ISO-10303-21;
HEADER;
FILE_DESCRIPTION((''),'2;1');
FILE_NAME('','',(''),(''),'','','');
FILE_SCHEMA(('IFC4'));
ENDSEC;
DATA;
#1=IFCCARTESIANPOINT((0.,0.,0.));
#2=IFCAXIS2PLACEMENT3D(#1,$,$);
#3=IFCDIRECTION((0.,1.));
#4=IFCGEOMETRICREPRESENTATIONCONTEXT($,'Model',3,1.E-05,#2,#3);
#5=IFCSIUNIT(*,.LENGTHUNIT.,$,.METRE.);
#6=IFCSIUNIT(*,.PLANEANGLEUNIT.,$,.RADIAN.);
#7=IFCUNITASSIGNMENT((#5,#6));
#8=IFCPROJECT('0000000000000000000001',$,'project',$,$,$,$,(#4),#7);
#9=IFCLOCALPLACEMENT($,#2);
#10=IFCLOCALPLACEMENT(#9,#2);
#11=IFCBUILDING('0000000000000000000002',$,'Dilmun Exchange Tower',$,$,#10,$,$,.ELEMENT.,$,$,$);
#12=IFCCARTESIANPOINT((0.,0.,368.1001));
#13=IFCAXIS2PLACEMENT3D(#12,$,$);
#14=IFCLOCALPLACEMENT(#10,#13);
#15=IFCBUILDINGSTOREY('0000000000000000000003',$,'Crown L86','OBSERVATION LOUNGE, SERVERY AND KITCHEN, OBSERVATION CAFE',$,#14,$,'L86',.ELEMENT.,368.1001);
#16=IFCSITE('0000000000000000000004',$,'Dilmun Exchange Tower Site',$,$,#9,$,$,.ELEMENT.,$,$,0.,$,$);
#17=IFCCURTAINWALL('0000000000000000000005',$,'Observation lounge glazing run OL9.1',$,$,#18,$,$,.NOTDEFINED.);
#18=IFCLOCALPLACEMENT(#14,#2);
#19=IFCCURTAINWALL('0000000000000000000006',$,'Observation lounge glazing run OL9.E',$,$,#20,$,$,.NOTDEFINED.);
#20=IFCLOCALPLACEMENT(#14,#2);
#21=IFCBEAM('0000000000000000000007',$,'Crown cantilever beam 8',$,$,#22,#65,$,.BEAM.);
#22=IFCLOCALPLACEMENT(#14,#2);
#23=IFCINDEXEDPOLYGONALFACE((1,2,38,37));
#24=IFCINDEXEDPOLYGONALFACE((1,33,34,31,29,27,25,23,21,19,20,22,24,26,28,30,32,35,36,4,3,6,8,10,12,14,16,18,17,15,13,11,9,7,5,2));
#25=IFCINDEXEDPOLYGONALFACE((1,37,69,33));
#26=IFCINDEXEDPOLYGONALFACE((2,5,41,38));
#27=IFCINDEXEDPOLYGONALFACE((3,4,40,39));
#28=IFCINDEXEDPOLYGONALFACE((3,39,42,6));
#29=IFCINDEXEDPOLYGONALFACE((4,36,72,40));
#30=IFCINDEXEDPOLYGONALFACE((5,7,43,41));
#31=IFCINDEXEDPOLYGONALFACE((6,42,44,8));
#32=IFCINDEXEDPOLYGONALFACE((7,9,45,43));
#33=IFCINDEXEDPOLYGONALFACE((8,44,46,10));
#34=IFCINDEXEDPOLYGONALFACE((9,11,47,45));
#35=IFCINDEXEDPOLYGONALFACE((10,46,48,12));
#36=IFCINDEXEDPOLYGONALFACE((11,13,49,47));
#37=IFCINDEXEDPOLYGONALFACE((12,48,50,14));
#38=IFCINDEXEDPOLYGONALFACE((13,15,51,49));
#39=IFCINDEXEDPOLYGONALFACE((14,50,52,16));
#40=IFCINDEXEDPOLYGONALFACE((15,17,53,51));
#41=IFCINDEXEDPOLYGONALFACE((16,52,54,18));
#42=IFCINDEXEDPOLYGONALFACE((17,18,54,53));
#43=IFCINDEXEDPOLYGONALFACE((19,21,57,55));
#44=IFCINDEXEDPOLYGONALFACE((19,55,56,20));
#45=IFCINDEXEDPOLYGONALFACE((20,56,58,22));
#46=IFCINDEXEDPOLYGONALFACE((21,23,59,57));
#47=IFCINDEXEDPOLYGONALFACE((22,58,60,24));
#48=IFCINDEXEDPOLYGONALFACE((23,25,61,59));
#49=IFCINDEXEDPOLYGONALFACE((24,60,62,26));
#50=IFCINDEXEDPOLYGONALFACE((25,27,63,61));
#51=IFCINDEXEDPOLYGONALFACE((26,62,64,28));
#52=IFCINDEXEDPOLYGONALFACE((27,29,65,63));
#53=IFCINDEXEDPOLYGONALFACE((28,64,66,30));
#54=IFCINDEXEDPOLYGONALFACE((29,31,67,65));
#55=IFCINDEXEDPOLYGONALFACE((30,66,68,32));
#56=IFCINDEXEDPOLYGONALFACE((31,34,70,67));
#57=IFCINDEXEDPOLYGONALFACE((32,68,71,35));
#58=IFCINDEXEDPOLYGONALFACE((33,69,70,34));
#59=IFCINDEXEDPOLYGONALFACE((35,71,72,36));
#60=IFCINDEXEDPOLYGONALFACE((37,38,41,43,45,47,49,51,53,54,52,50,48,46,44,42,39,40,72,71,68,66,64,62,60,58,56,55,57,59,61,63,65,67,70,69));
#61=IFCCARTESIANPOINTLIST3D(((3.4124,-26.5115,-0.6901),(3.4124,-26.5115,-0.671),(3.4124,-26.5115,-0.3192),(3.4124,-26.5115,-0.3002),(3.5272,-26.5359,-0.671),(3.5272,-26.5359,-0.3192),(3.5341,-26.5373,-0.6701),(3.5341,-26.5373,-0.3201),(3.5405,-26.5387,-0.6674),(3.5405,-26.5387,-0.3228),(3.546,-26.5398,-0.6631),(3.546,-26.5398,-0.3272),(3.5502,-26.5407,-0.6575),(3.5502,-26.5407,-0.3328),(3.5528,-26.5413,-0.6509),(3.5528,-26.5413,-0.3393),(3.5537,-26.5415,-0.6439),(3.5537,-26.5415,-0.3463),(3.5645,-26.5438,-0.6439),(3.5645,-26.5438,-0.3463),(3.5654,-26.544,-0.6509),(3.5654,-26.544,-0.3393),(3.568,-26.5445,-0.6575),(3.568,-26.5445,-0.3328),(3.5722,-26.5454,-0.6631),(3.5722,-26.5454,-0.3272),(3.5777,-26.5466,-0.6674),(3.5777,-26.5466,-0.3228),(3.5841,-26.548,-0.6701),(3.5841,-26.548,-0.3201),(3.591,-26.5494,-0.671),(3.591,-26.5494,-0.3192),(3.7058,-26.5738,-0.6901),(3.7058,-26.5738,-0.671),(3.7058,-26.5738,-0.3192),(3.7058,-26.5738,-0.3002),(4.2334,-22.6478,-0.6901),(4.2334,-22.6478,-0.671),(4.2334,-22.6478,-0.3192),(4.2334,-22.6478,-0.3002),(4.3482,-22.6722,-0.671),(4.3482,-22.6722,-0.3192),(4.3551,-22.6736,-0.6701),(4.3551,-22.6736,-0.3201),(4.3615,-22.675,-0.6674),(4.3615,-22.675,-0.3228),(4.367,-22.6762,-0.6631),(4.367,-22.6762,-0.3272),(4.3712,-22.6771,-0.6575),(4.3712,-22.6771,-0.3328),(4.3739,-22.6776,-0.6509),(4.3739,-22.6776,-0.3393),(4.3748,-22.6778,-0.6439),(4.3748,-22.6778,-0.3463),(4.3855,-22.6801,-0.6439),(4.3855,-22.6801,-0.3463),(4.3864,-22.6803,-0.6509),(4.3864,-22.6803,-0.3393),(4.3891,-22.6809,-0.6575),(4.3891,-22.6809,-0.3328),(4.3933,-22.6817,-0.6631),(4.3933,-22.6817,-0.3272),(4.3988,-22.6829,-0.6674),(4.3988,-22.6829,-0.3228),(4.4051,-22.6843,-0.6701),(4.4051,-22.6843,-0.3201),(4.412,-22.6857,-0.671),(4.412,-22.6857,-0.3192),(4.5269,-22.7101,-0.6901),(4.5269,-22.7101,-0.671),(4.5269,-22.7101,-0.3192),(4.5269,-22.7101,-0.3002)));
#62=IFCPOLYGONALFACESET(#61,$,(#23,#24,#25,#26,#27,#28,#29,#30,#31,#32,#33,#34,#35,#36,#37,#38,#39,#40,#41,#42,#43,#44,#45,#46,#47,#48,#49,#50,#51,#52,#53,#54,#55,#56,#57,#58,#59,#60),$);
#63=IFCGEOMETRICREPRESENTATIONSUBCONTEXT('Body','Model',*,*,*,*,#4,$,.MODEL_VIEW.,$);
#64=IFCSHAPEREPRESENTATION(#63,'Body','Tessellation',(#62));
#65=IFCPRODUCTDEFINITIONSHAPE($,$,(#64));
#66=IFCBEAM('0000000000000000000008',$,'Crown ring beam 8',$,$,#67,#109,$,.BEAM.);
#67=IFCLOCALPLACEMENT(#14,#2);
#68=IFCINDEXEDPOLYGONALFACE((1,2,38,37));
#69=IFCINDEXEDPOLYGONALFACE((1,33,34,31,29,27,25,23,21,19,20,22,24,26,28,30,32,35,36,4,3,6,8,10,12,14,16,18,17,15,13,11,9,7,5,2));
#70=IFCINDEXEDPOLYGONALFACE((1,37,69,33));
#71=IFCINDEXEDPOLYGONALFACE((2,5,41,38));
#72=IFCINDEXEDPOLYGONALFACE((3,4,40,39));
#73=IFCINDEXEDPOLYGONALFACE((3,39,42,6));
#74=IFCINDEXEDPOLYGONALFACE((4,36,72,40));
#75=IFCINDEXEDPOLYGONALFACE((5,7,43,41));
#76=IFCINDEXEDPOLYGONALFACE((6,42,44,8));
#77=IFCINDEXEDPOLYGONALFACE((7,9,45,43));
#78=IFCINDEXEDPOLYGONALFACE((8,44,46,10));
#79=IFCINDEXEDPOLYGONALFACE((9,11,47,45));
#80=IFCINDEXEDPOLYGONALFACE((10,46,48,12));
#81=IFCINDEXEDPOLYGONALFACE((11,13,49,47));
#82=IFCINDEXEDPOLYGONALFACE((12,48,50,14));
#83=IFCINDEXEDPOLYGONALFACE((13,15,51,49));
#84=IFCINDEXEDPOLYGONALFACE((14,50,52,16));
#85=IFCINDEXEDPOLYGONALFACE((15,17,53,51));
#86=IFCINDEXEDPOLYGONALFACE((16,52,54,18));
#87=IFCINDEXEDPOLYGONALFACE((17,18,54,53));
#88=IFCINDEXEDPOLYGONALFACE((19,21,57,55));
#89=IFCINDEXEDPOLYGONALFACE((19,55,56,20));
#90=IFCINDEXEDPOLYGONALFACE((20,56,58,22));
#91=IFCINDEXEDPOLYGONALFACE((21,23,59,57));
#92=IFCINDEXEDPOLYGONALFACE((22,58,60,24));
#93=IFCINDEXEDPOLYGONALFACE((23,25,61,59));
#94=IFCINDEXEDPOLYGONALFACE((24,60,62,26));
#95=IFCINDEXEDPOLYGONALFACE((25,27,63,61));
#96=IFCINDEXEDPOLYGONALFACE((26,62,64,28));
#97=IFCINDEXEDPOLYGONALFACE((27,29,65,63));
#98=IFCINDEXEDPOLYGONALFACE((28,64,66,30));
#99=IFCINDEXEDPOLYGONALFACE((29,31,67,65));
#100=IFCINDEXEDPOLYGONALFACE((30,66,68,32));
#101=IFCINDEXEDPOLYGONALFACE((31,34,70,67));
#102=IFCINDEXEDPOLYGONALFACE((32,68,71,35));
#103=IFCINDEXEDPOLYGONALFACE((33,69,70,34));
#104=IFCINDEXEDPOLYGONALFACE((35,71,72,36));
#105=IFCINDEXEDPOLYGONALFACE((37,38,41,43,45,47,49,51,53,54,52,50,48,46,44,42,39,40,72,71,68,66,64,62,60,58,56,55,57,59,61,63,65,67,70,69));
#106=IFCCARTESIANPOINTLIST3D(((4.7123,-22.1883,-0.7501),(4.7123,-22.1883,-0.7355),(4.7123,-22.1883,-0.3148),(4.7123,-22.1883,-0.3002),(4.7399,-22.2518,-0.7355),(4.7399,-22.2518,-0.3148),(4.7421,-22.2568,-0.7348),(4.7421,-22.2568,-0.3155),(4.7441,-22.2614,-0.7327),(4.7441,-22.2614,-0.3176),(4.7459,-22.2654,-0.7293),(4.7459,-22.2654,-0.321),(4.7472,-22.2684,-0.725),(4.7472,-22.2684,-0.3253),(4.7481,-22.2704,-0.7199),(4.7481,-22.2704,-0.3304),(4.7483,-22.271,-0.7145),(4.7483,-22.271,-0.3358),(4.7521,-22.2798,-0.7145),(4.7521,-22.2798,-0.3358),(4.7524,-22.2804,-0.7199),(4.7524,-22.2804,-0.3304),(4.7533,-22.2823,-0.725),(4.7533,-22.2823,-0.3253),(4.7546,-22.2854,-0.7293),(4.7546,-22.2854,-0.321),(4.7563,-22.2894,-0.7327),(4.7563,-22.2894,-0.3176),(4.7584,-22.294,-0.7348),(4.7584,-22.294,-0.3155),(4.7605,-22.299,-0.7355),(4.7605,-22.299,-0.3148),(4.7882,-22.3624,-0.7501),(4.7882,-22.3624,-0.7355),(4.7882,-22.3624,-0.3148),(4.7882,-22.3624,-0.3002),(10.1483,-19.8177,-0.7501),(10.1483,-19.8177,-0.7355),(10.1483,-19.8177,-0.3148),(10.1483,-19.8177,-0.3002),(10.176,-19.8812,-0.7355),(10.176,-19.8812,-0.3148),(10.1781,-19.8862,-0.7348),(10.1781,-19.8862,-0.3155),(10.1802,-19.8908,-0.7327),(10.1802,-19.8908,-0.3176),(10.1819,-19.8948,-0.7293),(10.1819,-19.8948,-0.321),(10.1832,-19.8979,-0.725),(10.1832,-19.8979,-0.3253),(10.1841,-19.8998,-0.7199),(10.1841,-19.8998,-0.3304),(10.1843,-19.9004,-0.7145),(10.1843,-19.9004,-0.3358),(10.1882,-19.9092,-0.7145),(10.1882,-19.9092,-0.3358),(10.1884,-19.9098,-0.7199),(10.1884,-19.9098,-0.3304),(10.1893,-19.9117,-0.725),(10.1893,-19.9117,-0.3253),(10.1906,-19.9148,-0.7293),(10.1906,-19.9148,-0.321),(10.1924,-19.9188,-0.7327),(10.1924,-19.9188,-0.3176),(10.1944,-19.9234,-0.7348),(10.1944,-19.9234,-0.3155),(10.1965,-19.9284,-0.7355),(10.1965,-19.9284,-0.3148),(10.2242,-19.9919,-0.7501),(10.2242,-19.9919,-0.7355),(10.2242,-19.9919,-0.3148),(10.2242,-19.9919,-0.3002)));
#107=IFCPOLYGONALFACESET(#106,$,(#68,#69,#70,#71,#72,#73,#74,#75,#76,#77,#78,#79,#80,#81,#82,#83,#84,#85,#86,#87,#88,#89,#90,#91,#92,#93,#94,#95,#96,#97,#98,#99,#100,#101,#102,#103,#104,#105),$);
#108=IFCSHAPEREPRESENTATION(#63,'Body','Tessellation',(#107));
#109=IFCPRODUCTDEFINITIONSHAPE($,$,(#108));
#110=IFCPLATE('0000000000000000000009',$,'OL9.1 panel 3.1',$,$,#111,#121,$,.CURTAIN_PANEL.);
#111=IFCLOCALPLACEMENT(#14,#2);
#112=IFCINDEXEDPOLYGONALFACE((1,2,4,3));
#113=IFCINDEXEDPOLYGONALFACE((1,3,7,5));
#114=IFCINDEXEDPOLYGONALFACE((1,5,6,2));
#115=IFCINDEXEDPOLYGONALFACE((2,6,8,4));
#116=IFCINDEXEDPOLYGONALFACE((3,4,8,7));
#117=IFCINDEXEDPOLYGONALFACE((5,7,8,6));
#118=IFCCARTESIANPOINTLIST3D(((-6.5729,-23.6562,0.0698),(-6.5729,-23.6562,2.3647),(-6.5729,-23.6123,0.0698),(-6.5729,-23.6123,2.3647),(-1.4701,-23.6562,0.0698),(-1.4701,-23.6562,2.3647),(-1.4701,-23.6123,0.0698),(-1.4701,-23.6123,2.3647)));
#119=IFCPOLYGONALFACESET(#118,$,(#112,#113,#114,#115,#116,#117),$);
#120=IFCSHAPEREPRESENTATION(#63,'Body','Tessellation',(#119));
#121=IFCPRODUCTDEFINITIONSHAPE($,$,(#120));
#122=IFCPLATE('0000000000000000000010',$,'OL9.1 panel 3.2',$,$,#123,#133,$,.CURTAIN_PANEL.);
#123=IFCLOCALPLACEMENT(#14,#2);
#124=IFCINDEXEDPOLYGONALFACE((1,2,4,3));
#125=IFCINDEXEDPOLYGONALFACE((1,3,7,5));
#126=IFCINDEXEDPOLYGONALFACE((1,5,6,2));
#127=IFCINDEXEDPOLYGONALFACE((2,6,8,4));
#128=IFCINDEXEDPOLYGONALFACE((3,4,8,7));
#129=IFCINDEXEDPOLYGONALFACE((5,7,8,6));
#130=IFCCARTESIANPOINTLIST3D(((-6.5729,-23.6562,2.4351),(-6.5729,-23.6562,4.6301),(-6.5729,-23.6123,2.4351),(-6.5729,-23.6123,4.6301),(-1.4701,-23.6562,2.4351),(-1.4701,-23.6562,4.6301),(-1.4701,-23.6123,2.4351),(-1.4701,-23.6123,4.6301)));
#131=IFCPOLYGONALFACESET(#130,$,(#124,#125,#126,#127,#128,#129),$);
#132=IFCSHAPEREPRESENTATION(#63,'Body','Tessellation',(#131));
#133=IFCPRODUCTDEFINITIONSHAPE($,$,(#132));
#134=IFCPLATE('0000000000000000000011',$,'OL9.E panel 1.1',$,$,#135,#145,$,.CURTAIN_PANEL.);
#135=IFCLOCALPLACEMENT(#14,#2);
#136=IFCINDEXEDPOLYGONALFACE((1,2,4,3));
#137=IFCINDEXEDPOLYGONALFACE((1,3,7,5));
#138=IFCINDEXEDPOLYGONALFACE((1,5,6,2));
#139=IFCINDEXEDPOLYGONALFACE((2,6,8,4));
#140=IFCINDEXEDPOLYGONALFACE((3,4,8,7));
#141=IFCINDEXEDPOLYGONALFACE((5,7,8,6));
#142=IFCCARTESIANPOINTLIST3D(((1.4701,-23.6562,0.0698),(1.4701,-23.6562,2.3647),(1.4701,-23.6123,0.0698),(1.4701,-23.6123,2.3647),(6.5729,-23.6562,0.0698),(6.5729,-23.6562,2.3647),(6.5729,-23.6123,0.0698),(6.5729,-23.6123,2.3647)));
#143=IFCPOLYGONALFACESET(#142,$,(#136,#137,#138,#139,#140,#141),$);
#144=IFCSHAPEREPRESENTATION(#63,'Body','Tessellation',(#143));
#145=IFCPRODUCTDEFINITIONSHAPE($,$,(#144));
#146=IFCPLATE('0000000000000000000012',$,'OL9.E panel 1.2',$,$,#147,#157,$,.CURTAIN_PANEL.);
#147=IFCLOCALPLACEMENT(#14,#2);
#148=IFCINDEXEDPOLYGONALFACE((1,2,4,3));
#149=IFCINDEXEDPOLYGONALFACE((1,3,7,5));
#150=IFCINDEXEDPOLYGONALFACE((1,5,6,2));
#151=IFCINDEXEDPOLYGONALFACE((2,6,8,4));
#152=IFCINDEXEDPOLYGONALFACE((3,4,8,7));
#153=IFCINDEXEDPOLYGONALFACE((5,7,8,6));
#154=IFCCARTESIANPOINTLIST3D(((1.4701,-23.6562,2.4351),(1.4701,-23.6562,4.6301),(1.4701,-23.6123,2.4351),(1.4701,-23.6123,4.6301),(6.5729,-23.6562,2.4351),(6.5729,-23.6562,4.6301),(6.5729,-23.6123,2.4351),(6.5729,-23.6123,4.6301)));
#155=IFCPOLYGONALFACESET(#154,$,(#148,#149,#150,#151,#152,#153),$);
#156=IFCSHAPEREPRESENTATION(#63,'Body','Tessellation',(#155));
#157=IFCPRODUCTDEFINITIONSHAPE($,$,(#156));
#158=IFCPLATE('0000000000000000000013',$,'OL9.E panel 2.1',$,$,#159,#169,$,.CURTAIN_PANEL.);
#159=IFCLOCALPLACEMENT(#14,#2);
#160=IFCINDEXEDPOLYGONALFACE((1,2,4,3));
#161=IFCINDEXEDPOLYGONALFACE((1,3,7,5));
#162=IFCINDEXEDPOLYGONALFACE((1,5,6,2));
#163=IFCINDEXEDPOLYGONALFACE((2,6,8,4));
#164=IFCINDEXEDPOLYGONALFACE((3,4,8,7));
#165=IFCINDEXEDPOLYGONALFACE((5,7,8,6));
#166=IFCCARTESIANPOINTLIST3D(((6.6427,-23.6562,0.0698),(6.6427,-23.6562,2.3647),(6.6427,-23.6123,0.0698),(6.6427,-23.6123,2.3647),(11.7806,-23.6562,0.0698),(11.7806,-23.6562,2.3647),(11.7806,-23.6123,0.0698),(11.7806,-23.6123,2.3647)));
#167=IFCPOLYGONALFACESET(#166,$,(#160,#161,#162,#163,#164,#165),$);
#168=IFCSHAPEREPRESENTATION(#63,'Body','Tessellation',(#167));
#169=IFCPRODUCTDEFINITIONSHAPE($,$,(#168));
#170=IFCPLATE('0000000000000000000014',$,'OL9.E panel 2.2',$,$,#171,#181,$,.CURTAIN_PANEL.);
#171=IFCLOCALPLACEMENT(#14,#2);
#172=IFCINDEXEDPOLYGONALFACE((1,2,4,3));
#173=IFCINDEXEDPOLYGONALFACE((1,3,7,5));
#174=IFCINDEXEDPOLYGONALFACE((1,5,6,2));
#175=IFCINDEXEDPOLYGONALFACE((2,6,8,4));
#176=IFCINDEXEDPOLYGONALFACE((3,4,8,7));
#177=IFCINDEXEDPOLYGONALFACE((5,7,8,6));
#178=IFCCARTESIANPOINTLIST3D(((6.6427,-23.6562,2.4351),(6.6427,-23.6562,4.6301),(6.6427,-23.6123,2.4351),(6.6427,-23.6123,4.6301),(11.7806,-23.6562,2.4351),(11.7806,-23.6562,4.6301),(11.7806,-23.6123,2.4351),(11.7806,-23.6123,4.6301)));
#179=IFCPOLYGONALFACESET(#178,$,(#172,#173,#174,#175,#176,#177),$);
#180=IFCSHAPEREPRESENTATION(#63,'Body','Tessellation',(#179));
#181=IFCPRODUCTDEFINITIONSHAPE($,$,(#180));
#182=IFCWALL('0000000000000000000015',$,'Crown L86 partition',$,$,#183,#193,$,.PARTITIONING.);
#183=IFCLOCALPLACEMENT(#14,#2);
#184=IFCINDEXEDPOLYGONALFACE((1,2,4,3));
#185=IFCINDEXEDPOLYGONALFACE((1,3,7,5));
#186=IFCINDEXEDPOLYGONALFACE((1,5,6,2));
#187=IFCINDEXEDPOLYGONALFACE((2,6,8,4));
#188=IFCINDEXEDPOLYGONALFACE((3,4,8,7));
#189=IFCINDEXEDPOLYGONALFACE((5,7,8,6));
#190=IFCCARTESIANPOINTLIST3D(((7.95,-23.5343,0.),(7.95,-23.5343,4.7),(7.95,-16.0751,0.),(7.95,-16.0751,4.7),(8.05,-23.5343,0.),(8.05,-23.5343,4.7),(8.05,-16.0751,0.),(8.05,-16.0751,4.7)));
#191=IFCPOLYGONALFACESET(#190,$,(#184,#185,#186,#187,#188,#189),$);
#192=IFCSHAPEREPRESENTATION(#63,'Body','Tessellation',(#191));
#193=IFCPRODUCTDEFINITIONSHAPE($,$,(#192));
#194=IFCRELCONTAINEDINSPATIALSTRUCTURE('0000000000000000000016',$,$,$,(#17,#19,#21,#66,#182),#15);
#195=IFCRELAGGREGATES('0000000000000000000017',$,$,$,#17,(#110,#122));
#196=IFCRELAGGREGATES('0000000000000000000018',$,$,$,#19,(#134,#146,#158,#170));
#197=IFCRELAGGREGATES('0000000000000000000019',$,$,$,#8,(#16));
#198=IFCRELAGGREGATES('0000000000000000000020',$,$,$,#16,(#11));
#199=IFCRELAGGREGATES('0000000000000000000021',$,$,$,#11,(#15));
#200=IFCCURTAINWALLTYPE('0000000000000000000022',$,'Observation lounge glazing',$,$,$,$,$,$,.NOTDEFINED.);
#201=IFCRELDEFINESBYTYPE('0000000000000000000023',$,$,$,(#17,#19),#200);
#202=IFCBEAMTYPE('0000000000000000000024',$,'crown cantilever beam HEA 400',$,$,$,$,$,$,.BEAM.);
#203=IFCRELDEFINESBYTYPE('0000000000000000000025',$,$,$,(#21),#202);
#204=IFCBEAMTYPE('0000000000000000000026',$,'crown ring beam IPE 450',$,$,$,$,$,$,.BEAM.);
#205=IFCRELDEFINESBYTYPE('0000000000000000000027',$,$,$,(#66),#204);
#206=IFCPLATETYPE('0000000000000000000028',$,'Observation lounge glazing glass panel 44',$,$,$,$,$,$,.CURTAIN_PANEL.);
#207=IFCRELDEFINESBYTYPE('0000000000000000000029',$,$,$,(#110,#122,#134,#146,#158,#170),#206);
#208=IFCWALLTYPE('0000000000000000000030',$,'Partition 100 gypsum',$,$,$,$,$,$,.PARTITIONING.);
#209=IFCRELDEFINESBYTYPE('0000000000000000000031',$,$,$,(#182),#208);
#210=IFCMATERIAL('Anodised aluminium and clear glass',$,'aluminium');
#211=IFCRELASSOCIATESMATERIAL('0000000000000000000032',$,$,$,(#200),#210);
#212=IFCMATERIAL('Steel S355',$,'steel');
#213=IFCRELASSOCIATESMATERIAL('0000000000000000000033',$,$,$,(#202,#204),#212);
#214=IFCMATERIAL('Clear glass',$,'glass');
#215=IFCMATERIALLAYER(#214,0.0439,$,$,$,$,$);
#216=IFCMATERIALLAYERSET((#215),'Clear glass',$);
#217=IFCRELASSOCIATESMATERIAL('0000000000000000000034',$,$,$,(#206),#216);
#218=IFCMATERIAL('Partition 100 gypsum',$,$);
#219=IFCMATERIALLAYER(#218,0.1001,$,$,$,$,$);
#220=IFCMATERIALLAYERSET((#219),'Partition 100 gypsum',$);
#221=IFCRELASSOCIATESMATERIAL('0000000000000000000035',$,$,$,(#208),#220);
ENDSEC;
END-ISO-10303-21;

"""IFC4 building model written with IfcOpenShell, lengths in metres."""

from ifc_helpers import new_model, si_unit, direction, frame, frame_2d, origin, origin_2d, place, context, subcontext, project, spatial, rectangle, i_section, extrude, material, layer, layer_set, material_profile, profile_set, type_object, element, aggregate, save


model = new_model("IFC4")

# Units and contexts
model_context = context("Model", 3, precision=1e-05, world=origin(), true_north=direction((0.0, 1.0)))
body_context = subcontext(model_context, "Body", "Model", "MODEL_VIEW")
ifc_project = project(units=[si_unit("LENGTHUNIT", "METRE"), si_unit("PLANEANGLEUNIT", "RADIAN")], contexts=[model_context])

# Site, building, storey
site_placement = place(None, origin())
site = spatial("IfcSite", under=ifc_project, at=site_placement, Name="Dilmun Exchange Tower Site", CompositionType="ELEMENT", RefElevation=0.0)
building_placement = place(site_placement, origin())
building = spatial("IfcBuilding", under=site, at=building_placement, Name="Dilmun Exchange Tower", CompositionType="ELEMENT")
storey_placement = place(building_placement, frame((0.0, 0.0, 368.1001)))
storey = spatial("IfcBuildingStorey", under=building, at=storey_placement, Name="Crown L86", Description="OBSERVATION LOUNGE, SERVERY AND KITCHEN, OBSERVATION CAFE", LongName="L86", CompositionType="ELEMENT", Elevation=368.1001)

# Curtain wall
ifc_material_1 = material(Name="Anodised aluminium and clear glass", Category="aluminium")
curtain_wall_type = type_object("IfcCurtainWallType", Name="Observation lounge glazing", PredefinedType="NOTDEFINED", material=ifc_material_1)
curtain_wall_1_placement = place(storey_placement, origin())
curtain_wall_1 = element("IfcCurtainWall", 1, at=curtain_wall_1_placement, inside=storey, type_object=curtain_wall_type, Name="Observation lounge glazing run OL9.1", PredefinedType="NOTDEFINED")

# Curtain wall
curtain_wall_2_placement = place(storey_placement, origin())
curtain_wall_2 = element("IfcCurtainWall", 2, at=curtain_wall_2_placement, inside=storey, type_object=curtain_wall_type, Name="Observation lounge glazing run OL9.E", PredefinedType="NOTDEFINED")

# Beams
ifc_material_2 = material(Name="Steel S355", Category="steel")
ifc_material_profile_1 = material_profile(ifc_material_2, i_section(OverallWidth=0.3, OverallDepth=0.3899, WebThickness=0.011, FlangeThickness=0.019, FilletRadius=0.0271, at=origin_2d()), Name="HEA 400")
ifc_profile_set_1 = profile_set([ifc_material_profile_1], Name="Steel S355")
beam_type_1 = type_object("IfcBeamType", Name="crown cantilever beam HEA 400", PredefinedType="BEAM", material=ifc_profile_set_1)
beam_1_placement = place(storey_placement, frame((4.3801, -22.679, -0.4951), z_axis=(-0.207857, -0.978159, 0.0), x_axis=(0.978159, -0.207857, 0.0)))
element("IfcBeam", 3, at=beam_1_placement, inside=storey, type_object=beam_type_1, Name="Crown cantilever beam 8", PredefinedType="BEAM", context=body_context, shape_type="SweptSolid", body=[
    extrude(i_section(OverallWidth=0.3, OverallDepth=0.3899, WebThickness=0.011, FlangeThickness=0.019, FilletRadius=0.0271, at=origin_2d()), origin(), (0.0, 0.0, 1.0), 3.95),
])
ifc_material_profile_2 = material_profile(ifc_material_2, i_section(OverallWidth=0.1899, OverallDepth=0.45, WebThickness=0.0095, FlangeThickness=0.0146, FilletRadius=0.021, at=origin_2d()), Name="IPE 450")
ifc_profile_set_2 = profile_set([ifc_material_profile_2], Name="Steel S355")
beam_type_2 = type_object("IfcBeamType", Name="crown ring beam IPE 450", PredefinedType="BEAM", material=ifc_profile_set_2)
beam_2_placement = place(storey_placement, frame((4.7502, -22.2754, -0.5251), z_axis=(0.916631, 0.399734, 0.0), x_axis=(-0.399734, 0.916631, 0.0)))
element("IfcBeam", 4, at=beam_2_placement, inside=storey, type_object=beam_type_2, Name="Crown ring beam 8", PredefinedType="BEAM", context=body_context, shape_type="SweptSolid", body=[
    extrude(i_section(OverallWidth=0.1899, OverallDepth=0.45, WebThickness=0.0095, FlangeThickness=0.0146, FilletRadius=0.021, at=origin_2d()), origin(), (0.0, 0.0, 1.0), 5.9304),
])

# Plates
ifc_material_3 = material(Name="Clear glass", Category="glass")
ifc_layer_1 = layer(ifc_material_3, 0.0439)
ifc_layer_set_1 = layer_set([ifc_layer_1], Name="Clear glass")
plate_type = type_object("IfcPlateType", Name="Observation lounge glazing glass panel 44", PredefinedType="CURTAIN_PANEL", material=ifc_layer_set_1)
plate_1_placement = place(storey_placement, frame((-4.0215, -23.6343, 0.0698), z_axis=(0.0, 0.0, 1.0), x_axis=(1.0, 0.0, 0.0)))
plate_1 = element("IfcPlate", 5, at=plate_1_placement, type_object=plate_type, Name="OL9.1 panel 3.1", PredefinedType="CURTAIN_PANEL", context=body_context, shape_type="SweptSolid", body=[
    extrude(rectangle(XDim=5.1028, YDim=0.0439, at=origin_2d()), origin(), (0.0, 0.0, 1.0), 2.2949),
])
plate_2_placement = place(storey_placement, frame((-4.0215, -23.6343, 2.4351), z_axis=(0.0, 0.0, 1.0), x_axis=(1.0, 0.0, 0.0)))
plate_2 = element("IfcPlate", 6, at=plate_2_placement, type_object=plate_type, Name="OL9.1 panel 3.2", PredefinedType="CURTAIN_PANEL", context=body_context, shape_type="SweptSolid", body=[
    extrude(rectangle(XDim=5.1028, YDim=0.0439, at=origin_2d()), origin(), (0.0, 0.0, 1.0), 2.1951),
])
aggregate(curtain_wall_1, [plate_1, plate_2])
plate_3_placement = place(storey_placement, frame((4.0215, -23.6343, 0.0698), z_axis=(0.0, 0.0, 1.0), x_axis=(1.0, 0.0, 0.0)))
plate_3 = element("IfcPlate", 7, at=plate_3_placement, type_object=plate_type, Name="OL9.E panel 1.1", PredefinedType="CURTAIN_PANEL", context=body_context, shape_type="SweptSolid", body=[
    extrude(rectangle(XDim=5.1028, YDim=0.0439, at=origin_2d()), origin(), (0.0, 0.0, 1.0), 2.2949),
])
plate_4_placement = place(storey_placement, frame((4.0215, -23.6343, 2.4351), z_axis=(0.0, 0.0, 1.0), x_axis=(1.0, 0.0, 0.0)))
plate_4 = element("IfcPlate", 8, at=plate_4_placement, type_object=plate_type, Name="OL9.E panel 1.2", PredefinedType="CURTAIN_PANEL", context=body_context, shape_type="SweptSolid", body=[
    extrude(rectangle(XDim=5.1028, YDim=0.0439, at=origin_2d()), origin(), (0.0, 0.0, 1.0), 2.1951),
])
plate_5_placement = place(storey_placement, frame((9.2117, -23.6343, 0.0698), z_axis=(0.0, 0.0, 1.0), x_axis=(1.0, 0.0, 0.0)))
plate_5 = element("IfcPlate", 9, at=plate_5_placement, type_object=plate_type, Name="OL9.E panel 2.1", PredefinedType="CURTAIN_PANEL", context=body_context, shape_type="SweptSolid", body=[
    extrude(rectangle(XDim=5.1379, YDim=0.0439, at=origin_2d()), origin(), (0.0, 0.0, 1.0), 2.2949),
])
plate_6_placement = place(storey_placement, frame((9.2117, -23.6343, 2.4351), z_axis=(0.0, 0.0, 1.0), x_axis=(1.0, 0.0, 0.0)))
plate_6 = element("IfcPlate", 10, at=plate_6_placement, type_object=plate_type, Name="OL9.E panel 2.2", PredefinedType="CURTAIN_PANEL", context=body_context, shape_type="SweptSolid", body=[
    extrude(rectangle(XDim=5.1379, YDim=0.0439, at=origin_2d()), origin(), (0.0, 0.0, 1.0), 2.1951),
])
aggregate(curtain_wall_2, [plate_3, plate_4, plate_5, plate_6])

# Wall
ifc_material_4 = material(Name="Partition 100 gypsum")
ifc_layer_2 = layer(ifc_material_4, 0.1001)
ifc_layer_set_2 = layer_set([ifc_layer_2], Name="Partition 100 gypsum")
wall_type_1 = type_object("IfcWallType", Name="Partition 100 gypsum", PredefinedType="PARTITIONING", material=ifc_layer_set_2)
wall_1_placement = place(storey_placement, frame((8.0, -23.5342, 0.0), z_axis=(0.0, 0.0, 1.0), x_axis=(0.0, 1.0, 0.0)))
element("IfcWall", 11, at=wall_1_placement, inside=storey, type_object=wall_type_1, Name="Crown L86 partition", PredefinedType="PARTITIONING", context=body_context, shape_type="SweptSolid", body=[
    extrude(rectangle(XDim=7.4592, YDim=0.1001, at=frame_2d((3.7295, 0.0))), origin(), (0.0, 0.0, 1.0), 4.7),
])

save(model, "model.ifc")
